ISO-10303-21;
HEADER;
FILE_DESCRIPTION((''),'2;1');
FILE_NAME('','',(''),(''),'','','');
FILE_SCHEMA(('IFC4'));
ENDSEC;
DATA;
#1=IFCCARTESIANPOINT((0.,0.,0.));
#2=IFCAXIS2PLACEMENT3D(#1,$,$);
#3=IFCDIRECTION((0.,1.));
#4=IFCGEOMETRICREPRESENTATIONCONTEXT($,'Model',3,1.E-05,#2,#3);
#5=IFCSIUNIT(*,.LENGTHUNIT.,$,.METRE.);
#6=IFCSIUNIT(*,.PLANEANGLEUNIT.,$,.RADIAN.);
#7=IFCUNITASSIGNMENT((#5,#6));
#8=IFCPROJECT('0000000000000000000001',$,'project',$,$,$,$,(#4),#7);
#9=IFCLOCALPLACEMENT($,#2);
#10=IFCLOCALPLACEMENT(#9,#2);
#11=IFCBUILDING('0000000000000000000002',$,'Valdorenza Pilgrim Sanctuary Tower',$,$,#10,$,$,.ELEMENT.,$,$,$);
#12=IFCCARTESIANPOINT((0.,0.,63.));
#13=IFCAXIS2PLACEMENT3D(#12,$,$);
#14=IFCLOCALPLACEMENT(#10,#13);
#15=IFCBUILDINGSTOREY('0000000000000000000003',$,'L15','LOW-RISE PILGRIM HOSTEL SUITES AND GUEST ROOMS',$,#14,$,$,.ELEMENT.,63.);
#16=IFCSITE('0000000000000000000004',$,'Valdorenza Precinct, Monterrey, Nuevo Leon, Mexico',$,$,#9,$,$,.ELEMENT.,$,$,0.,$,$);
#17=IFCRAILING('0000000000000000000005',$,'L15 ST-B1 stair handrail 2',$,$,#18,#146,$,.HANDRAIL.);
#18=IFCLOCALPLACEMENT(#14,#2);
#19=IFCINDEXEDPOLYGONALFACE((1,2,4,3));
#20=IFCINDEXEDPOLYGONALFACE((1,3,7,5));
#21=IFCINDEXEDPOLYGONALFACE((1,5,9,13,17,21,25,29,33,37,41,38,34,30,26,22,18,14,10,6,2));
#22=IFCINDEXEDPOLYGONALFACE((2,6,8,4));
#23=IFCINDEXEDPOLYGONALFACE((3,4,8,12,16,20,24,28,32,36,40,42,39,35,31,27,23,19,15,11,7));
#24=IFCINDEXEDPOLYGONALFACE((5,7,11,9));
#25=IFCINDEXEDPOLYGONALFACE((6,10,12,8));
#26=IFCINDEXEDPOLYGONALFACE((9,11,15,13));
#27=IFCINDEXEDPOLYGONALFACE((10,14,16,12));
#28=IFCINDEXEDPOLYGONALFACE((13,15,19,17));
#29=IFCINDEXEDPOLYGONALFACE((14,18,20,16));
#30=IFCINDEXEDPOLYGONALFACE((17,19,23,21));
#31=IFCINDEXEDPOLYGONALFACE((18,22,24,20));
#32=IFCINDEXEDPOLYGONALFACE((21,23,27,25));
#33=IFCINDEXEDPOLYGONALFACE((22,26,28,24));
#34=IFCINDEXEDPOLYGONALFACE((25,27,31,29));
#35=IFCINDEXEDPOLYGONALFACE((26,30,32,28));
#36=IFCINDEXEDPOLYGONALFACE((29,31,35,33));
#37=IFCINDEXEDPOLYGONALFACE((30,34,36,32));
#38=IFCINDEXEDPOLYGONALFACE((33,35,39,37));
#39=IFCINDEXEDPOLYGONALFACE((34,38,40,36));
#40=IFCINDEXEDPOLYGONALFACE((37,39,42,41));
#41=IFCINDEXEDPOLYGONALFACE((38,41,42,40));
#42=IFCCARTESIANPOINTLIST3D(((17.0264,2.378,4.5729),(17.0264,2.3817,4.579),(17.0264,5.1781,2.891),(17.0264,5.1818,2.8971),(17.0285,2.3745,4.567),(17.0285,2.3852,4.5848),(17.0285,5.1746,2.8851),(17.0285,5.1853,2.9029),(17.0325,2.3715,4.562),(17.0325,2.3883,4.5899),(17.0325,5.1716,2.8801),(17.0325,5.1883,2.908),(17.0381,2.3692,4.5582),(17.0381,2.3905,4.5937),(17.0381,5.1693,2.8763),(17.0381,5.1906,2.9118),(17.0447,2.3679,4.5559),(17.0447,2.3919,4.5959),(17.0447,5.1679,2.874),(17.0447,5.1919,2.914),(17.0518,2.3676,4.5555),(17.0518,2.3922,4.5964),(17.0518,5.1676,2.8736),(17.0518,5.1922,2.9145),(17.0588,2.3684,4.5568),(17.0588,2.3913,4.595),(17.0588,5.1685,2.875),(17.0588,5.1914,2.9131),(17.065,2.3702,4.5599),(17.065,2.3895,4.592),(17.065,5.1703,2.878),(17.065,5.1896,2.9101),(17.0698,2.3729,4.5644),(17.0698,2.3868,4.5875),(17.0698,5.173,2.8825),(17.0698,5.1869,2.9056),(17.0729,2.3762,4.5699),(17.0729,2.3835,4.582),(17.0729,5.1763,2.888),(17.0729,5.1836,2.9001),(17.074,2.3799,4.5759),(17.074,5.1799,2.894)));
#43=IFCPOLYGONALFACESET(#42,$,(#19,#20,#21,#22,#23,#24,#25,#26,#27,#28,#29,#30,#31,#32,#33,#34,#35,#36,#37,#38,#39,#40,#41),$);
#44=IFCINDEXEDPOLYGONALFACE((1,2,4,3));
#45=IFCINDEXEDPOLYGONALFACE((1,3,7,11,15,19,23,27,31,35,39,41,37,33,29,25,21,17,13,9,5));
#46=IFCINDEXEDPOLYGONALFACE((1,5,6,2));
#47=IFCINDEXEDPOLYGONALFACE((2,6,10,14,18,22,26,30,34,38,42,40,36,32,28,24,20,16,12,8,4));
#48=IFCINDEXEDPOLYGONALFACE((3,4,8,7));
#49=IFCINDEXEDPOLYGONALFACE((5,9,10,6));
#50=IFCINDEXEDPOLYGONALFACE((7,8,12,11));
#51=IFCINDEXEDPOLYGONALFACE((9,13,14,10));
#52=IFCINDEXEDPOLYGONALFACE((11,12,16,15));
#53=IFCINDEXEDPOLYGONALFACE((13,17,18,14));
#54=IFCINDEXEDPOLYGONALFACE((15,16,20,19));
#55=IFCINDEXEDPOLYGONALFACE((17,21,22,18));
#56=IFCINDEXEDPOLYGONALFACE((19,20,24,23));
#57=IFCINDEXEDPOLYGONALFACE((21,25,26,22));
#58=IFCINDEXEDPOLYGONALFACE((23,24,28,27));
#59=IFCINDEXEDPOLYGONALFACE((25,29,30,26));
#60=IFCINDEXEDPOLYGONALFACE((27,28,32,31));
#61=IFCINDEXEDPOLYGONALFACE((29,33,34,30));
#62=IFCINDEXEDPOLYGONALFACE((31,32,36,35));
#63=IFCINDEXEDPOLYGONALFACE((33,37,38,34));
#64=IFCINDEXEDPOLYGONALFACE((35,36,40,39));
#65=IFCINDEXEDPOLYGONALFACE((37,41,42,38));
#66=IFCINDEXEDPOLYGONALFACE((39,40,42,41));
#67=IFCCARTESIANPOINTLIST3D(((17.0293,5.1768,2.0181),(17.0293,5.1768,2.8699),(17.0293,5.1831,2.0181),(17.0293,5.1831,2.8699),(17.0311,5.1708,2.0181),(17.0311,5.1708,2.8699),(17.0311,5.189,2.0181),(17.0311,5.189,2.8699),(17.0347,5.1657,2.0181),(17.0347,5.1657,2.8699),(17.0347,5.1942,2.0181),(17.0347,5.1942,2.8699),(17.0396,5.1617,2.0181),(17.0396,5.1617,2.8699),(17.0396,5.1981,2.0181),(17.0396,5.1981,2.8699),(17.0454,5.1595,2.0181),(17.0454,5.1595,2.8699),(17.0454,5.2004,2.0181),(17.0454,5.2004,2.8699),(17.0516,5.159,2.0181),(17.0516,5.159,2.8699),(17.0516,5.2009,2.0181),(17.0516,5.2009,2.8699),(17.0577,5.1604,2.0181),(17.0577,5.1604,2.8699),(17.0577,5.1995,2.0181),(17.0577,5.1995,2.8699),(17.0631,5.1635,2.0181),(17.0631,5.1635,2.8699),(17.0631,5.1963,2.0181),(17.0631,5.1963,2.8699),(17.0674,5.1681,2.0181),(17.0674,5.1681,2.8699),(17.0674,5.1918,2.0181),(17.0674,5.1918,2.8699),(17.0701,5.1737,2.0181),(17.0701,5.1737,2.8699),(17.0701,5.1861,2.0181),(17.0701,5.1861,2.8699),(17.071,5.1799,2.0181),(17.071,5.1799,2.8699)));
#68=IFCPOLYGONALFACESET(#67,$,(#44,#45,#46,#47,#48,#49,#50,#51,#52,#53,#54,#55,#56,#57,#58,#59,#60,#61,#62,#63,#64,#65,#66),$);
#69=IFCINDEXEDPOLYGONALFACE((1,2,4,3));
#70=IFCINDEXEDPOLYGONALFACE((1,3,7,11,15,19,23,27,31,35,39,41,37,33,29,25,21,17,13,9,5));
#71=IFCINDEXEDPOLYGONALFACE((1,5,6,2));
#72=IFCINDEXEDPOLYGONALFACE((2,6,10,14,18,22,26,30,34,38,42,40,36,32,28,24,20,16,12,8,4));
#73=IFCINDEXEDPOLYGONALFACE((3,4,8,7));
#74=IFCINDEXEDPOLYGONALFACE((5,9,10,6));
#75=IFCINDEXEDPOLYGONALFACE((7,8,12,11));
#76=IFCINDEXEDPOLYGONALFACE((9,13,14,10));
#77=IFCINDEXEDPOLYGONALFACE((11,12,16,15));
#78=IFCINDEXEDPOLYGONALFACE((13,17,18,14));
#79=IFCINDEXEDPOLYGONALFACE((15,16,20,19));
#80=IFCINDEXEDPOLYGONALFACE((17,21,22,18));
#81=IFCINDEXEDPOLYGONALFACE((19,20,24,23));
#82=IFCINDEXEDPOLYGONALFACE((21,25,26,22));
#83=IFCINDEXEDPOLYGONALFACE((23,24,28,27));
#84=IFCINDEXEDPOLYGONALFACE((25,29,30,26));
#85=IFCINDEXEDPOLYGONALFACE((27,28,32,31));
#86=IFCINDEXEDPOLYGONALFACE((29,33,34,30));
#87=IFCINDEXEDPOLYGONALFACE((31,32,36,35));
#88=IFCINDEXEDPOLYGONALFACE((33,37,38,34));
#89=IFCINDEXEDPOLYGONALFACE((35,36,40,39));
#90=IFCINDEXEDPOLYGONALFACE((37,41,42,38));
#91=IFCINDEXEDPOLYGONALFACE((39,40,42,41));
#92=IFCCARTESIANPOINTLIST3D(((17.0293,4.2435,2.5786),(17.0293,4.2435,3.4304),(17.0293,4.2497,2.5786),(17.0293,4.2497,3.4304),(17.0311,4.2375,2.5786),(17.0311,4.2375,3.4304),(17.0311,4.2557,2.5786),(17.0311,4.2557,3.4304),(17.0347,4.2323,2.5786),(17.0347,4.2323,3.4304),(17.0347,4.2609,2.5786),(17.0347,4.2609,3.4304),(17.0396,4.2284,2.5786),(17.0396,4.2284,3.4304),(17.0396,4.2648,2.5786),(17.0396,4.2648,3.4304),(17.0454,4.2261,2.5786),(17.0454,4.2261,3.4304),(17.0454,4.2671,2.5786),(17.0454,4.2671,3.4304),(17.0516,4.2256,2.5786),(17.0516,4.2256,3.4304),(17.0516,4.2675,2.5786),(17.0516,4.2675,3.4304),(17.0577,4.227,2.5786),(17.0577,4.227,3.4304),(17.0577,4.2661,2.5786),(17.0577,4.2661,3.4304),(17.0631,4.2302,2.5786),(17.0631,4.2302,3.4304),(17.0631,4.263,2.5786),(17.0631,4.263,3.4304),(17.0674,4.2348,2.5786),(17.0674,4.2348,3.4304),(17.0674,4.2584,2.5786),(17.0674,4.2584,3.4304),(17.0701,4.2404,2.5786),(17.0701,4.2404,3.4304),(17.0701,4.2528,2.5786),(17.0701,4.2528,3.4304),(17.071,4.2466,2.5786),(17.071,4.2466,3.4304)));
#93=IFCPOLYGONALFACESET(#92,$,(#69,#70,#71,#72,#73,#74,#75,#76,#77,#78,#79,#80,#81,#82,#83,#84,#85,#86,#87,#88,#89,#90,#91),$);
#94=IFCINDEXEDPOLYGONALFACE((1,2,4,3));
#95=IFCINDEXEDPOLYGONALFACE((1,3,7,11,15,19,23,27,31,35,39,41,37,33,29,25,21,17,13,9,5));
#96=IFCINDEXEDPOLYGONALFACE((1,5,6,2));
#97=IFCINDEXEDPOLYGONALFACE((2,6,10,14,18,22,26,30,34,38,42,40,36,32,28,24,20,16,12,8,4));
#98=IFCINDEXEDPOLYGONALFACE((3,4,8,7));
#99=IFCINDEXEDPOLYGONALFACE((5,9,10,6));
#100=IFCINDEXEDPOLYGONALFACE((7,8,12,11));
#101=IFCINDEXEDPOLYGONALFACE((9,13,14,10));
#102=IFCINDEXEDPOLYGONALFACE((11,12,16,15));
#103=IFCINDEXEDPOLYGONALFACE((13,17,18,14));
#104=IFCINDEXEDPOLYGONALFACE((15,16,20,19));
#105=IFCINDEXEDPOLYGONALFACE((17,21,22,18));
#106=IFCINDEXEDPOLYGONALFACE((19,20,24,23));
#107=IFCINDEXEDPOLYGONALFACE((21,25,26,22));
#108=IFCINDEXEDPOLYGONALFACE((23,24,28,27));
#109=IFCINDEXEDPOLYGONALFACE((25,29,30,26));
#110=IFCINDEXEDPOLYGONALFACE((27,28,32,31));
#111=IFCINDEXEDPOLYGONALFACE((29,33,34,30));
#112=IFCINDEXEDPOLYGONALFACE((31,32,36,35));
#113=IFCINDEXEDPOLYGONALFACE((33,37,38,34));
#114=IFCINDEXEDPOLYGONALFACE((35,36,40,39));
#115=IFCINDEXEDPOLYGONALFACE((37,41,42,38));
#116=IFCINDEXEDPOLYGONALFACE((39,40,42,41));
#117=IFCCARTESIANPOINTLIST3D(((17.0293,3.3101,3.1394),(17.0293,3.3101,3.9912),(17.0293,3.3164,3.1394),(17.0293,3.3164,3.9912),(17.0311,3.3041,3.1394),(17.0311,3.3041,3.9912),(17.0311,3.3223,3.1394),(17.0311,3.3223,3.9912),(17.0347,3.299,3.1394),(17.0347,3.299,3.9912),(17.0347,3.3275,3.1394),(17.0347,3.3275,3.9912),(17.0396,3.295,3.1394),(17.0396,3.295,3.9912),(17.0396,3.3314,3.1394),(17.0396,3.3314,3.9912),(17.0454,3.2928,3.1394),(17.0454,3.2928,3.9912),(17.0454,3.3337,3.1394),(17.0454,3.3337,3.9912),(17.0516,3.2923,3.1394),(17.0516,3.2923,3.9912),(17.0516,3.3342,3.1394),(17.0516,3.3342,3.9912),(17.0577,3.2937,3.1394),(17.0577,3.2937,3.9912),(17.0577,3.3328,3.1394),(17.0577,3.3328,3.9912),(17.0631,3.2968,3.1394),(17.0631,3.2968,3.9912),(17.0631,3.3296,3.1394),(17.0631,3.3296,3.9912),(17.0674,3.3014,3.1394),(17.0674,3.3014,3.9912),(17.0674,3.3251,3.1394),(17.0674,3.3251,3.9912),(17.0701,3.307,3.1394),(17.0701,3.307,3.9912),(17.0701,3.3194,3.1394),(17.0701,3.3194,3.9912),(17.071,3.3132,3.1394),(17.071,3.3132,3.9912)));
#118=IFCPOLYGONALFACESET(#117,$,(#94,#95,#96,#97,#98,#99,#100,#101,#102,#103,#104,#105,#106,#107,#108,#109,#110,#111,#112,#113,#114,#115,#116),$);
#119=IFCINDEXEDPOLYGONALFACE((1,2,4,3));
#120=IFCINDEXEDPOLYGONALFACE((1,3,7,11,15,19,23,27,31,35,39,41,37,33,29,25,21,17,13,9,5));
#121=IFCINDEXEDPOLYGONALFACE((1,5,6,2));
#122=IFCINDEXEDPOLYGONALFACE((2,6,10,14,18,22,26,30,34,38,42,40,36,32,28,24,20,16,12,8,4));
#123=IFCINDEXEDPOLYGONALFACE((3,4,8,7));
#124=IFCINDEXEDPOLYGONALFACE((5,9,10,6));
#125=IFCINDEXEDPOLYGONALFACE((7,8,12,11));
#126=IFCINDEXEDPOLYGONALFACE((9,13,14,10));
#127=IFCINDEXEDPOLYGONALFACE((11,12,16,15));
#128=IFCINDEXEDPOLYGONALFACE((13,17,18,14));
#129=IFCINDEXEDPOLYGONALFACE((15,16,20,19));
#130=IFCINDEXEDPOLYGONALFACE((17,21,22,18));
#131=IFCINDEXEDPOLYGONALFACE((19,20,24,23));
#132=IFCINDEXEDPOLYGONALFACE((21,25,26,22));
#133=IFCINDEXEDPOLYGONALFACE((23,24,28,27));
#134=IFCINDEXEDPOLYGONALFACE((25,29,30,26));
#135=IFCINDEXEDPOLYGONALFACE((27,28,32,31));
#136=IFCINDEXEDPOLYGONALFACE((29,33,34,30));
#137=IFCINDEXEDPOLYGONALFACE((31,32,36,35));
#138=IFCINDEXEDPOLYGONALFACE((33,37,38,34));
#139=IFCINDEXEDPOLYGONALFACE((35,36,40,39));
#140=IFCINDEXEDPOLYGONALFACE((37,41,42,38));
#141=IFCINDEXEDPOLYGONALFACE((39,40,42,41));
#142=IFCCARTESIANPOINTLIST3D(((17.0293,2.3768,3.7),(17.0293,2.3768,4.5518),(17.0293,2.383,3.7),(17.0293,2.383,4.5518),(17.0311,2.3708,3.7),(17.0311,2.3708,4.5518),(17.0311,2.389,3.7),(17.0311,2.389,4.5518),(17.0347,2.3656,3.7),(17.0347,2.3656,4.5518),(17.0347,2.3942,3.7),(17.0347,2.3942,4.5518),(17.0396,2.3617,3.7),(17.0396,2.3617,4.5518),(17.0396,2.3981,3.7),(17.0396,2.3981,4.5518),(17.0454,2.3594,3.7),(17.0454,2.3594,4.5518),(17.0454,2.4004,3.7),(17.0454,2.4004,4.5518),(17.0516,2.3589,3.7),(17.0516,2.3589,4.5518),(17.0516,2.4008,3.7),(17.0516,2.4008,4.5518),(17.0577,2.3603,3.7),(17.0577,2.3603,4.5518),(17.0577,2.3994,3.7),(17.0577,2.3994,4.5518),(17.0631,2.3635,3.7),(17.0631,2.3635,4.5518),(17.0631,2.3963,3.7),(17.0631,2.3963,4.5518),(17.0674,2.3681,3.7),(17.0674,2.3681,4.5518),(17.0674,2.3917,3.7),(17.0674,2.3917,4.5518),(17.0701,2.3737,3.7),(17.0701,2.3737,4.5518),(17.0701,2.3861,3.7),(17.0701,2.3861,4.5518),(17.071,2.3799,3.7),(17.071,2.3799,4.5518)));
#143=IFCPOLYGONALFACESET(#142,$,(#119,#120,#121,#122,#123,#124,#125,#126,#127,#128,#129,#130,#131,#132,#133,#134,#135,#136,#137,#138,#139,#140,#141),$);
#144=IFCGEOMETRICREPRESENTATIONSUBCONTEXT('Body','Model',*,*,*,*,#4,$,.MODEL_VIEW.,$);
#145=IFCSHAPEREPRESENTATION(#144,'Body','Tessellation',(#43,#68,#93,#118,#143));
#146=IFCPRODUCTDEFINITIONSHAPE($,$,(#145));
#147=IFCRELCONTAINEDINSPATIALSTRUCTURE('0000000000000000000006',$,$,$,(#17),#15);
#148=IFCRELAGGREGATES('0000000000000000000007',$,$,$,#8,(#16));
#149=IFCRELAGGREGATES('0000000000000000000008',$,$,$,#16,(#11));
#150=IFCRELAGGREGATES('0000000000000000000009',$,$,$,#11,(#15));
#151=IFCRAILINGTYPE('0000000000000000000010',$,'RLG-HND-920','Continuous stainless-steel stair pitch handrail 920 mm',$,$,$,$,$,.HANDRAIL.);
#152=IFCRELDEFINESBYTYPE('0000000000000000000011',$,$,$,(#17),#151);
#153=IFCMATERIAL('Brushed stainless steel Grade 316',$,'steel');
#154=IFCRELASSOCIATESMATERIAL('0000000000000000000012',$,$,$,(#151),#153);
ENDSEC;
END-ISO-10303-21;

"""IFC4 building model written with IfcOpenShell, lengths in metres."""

from ifc_helpers import new_model, si_unit, direction, frame, origin, origin_2d, place, context, subcontext, project, spatial, circle, extrude, material, type_object, element, save


model = new_model("IFC4")

# Units and contexts
model_context = context("Model", 3, precision=1e-05, world=origin(), true_north=direction((0.0, 1.0)))
body_context = subcontext(model_context, "Body", "Model", "MODEL_VIEW")
ifc_project = project(units=[si_unit("LENGTHUNIT", "METRE"), si_unit("PLANEANGLEUNIT", "RADIAN")], contexts=[model_context])

# Site, building, storey
site_placement = place(None, origin())
site = spatial("IfcSite", under=ifc_project, at=site_placement, Name="Valdorenza Precinct, Monterrey, Nuevo Leon, Mexico", CompositionType="ELEMENT", RefElevation=0.0)
building_placement = place(site_placement, origin())
building = spatial("IfcBuilding", under=site, at=building_placement, Name="Valdorenza Pilgrim Sanctuary Tower", CompositionType="ELEMENT")
storey_placement = place(building_placement, frame((0.0, 0.0, 63.0)))
storey = spatial("IfcBuildingStorey", under=building, at=storey_placement, Name="L15", Description="LOW-RISE PILGRIM HOSTEL SUITES AND GUEST ROOMS", CompositionType="ELEMENT", Elevation=63.0)

# Railing
ifc_material_1 = material(Name="Brushed stainless steel Grade 316", Category="steel")
railing_type_1 = type_object("IfcRailingType", Name="RLG-HND-920", Description="Continuous stainless-steel stair pitch handrail 920 mm", PredefinedType="HANDRAIL", material=ifc_material_1)
railing_1_placement = place(storey_placement, frame((17.05, 5.1799, 2.0181)))
element("IfcRailing", 1, at=railing_1_placement, inside=storey, type_object=railing_type_1, Name="L15 ST-B1 stair handrail 2", PredefinedType="HANDRAIL", context=body_context, shape_type="SweptSolid", body=[
    extrude(circle(Radius=0.0239, at=origin_2d()), frame((0.0, 0.0, 0.876), z_axis=(0.0, -0.857242, 0.514913), x_axis=(1.0, 0.0, 0.0)), (0.0, 0.0, 1.0), 3.2664),
    extrude(circle(Radius=0.021, at=origin_2d()), origin(), (0.0, 0.0, 1.0), 0.8518),
    extrude(circle(Radius=0.021, at=origin_2d()), frame((0.0, -0.9333, 0.5605)), (0.0, 0.0, 1.0), 0.8518),
    extrude(circle(Radius=0.021, at=origin_2d()), frame((0.0, -1.8667, 1.1213)), (0.0, 0.0, 1.0), 0.8518),
    extrude(circle(Radius=0.021, at=origin_2d()), frame((0.0, -2.8, 1.6819)), (0.0, 0.0, 1.0), 0.8518),
])

save(model, "model.ifc")
